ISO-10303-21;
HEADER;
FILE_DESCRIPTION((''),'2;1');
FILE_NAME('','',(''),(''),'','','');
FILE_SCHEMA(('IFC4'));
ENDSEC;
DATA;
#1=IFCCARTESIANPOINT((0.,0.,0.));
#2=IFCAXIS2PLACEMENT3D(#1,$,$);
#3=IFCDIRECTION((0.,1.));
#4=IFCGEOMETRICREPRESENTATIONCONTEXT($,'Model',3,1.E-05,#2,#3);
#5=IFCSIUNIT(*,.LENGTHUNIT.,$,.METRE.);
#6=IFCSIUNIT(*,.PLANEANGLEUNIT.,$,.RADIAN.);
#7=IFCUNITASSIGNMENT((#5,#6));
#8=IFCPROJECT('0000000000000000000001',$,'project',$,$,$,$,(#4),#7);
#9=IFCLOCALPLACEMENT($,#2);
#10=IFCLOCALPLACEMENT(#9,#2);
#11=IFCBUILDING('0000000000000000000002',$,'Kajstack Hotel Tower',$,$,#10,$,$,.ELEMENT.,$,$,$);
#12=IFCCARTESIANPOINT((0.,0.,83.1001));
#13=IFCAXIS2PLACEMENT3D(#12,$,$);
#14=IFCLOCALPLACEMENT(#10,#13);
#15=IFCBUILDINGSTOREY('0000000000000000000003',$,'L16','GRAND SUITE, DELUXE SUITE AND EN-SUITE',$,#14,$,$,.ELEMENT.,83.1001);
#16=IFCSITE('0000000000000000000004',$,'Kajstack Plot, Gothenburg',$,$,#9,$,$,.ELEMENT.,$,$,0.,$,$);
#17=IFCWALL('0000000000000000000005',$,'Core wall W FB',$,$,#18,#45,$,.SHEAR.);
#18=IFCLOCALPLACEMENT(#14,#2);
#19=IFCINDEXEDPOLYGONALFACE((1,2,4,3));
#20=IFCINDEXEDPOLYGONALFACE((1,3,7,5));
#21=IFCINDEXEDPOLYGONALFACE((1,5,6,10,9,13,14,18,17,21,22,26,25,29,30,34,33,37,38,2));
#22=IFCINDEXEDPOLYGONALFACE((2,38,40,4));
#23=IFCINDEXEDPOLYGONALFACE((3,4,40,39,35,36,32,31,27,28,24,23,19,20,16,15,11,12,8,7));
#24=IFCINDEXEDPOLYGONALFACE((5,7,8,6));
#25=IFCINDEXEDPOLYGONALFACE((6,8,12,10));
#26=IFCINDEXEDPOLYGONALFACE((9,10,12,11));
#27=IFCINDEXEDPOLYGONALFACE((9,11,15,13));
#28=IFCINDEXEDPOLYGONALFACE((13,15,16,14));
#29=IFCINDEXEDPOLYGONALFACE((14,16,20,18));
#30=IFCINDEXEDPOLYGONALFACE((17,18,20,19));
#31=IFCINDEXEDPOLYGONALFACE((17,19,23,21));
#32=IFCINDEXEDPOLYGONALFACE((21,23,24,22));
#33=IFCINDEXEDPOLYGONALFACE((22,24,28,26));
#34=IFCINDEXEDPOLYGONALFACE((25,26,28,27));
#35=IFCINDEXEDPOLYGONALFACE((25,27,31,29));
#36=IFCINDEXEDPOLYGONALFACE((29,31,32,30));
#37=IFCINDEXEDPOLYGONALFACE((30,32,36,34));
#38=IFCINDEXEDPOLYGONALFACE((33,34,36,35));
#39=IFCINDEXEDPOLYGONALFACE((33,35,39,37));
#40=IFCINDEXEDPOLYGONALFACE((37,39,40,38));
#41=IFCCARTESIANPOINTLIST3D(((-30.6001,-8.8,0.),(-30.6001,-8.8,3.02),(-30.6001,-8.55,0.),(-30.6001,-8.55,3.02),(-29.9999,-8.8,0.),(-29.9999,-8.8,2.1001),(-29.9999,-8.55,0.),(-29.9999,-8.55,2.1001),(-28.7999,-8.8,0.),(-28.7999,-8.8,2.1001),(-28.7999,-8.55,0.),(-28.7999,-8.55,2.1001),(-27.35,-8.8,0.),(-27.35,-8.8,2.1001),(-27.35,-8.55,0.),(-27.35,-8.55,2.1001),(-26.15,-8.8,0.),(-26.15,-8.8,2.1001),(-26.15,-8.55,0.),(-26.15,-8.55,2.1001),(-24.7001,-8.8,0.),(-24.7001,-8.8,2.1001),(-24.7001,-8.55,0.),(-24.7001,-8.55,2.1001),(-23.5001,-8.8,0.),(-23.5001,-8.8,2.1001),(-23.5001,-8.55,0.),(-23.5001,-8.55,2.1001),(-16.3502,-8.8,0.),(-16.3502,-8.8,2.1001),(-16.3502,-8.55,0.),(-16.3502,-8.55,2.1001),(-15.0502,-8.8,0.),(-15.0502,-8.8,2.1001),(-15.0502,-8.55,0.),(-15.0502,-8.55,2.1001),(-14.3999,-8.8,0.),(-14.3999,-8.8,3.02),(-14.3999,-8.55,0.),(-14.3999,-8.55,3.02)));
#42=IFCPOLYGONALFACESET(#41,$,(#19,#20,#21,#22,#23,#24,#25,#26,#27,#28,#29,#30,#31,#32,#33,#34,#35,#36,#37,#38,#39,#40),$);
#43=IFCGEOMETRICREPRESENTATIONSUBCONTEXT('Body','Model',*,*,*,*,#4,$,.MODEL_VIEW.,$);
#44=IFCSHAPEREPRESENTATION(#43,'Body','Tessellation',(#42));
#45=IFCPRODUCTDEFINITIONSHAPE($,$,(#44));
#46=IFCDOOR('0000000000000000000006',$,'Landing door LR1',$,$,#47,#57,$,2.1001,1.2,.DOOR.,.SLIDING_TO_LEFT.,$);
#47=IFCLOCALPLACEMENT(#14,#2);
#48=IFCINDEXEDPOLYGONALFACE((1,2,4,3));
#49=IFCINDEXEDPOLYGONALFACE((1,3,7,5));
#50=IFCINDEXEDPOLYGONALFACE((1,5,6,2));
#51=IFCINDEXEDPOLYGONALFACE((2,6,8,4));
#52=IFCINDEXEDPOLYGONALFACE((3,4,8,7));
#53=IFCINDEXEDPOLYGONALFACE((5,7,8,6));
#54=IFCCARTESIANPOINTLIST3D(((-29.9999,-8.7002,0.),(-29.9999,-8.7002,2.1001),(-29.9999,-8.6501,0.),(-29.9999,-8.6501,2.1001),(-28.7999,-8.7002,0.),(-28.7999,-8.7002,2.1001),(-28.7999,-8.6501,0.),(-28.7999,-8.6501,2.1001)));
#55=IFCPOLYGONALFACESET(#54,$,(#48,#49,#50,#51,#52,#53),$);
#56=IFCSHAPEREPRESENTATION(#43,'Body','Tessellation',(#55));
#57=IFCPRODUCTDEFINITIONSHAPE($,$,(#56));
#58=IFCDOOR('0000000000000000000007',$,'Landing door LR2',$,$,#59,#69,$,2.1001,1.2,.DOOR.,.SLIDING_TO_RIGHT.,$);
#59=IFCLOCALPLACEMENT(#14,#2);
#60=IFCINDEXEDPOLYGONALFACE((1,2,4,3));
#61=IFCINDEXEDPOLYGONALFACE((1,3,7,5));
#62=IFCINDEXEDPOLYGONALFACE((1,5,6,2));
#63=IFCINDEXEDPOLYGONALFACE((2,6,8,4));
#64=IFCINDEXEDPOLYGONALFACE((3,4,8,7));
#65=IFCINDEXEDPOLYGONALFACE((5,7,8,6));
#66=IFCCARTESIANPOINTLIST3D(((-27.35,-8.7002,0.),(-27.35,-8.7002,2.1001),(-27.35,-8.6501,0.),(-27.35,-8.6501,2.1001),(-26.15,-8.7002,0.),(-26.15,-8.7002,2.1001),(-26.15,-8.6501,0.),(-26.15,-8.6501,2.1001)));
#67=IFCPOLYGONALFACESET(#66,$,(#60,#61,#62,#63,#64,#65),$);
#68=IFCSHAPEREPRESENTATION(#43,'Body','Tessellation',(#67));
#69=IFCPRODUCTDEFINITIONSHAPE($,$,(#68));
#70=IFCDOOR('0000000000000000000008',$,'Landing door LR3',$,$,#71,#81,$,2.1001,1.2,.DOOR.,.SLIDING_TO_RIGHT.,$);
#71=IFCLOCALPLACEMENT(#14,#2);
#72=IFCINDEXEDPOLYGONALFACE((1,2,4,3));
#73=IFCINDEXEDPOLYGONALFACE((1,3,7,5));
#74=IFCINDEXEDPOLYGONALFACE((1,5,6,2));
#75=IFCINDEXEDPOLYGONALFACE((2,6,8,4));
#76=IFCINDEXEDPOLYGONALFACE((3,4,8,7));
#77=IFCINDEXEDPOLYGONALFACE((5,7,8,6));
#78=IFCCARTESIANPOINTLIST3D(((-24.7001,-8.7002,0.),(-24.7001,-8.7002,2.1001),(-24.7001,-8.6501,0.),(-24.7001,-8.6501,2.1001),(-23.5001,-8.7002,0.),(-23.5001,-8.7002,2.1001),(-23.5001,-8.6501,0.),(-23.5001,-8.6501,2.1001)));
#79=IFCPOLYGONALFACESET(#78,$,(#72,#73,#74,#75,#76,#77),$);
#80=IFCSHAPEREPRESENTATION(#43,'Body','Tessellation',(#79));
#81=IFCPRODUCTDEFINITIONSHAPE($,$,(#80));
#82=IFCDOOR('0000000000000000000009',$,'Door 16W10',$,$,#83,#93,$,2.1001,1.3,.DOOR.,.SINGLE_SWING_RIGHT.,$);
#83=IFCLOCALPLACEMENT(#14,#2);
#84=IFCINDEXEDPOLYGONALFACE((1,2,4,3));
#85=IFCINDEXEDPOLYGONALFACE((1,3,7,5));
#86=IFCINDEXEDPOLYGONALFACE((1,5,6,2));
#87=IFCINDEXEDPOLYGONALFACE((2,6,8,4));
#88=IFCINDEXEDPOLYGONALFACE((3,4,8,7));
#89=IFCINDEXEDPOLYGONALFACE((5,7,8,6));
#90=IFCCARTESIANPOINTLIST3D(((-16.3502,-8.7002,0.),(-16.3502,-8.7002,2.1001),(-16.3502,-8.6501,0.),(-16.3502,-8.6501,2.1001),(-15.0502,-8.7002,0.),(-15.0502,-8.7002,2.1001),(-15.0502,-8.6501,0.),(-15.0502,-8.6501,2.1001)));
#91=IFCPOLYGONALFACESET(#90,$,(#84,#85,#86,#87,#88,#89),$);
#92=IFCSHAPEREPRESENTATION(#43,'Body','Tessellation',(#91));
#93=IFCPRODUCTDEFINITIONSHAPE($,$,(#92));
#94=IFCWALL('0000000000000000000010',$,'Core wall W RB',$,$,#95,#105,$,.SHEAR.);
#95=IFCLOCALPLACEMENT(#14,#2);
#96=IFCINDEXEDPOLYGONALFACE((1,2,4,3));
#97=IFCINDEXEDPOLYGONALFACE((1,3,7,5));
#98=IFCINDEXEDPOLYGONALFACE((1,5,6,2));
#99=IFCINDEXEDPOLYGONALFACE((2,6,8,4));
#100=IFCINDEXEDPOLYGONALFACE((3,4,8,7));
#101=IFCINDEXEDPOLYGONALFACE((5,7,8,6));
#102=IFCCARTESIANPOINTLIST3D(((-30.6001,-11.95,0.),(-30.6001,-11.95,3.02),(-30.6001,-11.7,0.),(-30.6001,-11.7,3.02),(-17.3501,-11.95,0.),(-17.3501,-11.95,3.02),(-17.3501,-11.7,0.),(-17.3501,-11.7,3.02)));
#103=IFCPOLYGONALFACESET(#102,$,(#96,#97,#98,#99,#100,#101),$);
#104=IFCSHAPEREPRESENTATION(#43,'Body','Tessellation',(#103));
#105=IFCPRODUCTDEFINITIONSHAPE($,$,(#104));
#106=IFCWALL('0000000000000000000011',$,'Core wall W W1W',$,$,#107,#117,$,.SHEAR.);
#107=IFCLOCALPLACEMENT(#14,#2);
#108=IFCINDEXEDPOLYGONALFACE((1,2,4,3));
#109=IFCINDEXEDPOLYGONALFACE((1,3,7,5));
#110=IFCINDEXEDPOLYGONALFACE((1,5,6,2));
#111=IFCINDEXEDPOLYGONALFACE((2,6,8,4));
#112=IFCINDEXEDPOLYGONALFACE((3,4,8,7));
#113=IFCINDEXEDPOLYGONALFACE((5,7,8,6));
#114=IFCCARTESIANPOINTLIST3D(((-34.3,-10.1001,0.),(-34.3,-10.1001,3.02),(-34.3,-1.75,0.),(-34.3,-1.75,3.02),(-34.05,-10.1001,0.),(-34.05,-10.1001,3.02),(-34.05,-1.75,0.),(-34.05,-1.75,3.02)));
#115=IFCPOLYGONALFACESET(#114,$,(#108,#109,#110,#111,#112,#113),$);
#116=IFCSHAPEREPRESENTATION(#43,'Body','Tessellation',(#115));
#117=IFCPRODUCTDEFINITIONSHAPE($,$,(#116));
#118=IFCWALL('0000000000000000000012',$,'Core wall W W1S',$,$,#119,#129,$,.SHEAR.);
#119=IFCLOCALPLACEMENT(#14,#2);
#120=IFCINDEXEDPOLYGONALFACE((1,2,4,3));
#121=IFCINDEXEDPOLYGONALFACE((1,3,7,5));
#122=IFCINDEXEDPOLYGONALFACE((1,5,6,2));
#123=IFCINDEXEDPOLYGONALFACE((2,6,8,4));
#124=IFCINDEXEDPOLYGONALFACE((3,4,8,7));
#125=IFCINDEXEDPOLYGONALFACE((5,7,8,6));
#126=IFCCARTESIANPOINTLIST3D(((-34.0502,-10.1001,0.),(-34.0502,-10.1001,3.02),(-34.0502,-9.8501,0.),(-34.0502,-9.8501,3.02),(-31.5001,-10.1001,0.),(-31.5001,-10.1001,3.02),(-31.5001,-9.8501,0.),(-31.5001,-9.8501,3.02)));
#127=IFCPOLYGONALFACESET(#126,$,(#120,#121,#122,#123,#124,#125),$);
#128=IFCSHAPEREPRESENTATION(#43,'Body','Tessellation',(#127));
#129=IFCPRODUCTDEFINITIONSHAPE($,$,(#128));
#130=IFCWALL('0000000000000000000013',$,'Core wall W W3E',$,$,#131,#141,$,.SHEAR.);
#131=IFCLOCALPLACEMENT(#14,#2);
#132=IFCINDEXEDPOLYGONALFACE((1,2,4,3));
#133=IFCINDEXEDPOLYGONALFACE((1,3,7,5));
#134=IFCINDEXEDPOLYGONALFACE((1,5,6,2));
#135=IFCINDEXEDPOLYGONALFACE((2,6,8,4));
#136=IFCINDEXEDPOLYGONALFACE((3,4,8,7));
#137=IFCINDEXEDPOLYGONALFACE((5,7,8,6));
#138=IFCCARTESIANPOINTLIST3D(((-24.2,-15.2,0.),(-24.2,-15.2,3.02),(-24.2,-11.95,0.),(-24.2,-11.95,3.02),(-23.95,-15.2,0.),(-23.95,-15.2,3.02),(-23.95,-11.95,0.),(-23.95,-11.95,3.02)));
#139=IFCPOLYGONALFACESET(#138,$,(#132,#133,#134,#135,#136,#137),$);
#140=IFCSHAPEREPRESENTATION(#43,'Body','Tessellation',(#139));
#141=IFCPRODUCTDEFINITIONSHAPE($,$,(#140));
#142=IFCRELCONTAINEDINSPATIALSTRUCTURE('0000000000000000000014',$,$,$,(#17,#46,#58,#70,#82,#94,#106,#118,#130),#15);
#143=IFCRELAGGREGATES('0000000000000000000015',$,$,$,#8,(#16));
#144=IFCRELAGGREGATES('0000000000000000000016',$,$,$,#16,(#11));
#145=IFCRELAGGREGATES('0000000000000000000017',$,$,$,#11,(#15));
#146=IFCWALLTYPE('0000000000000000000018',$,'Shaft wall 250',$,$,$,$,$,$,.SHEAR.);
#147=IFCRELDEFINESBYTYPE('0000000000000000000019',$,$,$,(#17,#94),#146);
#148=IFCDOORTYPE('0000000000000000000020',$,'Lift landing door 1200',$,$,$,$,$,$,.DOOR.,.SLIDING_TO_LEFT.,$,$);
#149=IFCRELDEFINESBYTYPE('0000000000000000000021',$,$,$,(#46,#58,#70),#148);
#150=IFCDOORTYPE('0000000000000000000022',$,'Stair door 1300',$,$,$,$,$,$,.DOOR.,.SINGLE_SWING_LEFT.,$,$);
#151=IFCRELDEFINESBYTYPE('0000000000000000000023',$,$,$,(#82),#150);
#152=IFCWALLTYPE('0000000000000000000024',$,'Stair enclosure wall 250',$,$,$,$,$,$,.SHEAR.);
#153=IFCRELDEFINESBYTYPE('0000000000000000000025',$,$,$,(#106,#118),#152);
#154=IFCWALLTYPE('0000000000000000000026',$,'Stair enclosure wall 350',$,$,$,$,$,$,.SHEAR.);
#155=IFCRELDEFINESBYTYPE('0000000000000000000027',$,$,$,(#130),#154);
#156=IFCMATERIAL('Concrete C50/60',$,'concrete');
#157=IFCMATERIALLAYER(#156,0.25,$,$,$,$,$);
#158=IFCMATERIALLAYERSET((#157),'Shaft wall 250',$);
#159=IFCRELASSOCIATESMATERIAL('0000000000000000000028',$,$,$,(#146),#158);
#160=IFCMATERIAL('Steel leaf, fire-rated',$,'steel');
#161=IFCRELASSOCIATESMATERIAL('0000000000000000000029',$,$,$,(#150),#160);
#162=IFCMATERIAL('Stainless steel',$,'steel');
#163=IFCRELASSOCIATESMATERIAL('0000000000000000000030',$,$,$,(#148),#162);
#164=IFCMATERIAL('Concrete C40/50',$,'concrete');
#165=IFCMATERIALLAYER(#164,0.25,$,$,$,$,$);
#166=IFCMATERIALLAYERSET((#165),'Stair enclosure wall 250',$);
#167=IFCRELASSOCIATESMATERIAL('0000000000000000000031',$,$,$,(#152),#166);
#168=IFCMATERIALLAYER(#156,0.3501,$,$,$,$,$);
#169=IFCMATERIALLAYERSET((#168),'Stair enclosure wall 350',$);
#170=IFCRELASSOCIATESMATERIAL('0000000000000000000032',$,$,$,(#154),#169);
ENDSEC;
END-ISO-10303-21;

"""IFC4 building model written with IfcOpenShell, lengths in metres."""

from ifc_helpers import new_model, si_unit, direction, frame, frame_2d, origin, place, context, subcontext, project, spatial, rectangle, extrude, material, layer, layer_set, type_object, element, fill, save


model = new_model("IFC4")

# Units and contexts
model_context = context("Model", 3, precision=1e-05, world=origin(), true_north=direction((0.0, 1.0)))
body_context = subcontext(model_context, "Body", "Model", "MODEL_VIEW")
ifc_project = project(units=[si_unit("LENGTHUNIT", "METRE"), si_unit("PLANEANGLEUNIT", "RADIAN")], contexts=[model_context])

# Site, building, storey
site_placement = place(None, origin())
site = spatial("IfcSite", under=ifc_project, at=site_placement, Name="Kajstack Plot, Gothenburg", CompositionType="ELEMENT", RefElevation=0.0)
building_placement = place(site_placement, origin())
building = spatial("IfcBuilding", under=site, at=building_placement, Name="Kajstack Hotel Tower", CompositionType="ELEMENT")
storey_placement = place(building_placement, frame((0.0, 0.0, 83.1001)))
storey = spatial("IfcBuildingStorey", under=building, at=storey_placement, Name="L16", Description="GRAND SUITE, DELUXE SUITE AND EN-SUITE", CompositionType="ELEMENT", Elevation=83.1001)

# Shared definitions
ifc_material_1 = material(Name="Stainless steel", Category="steel")

# Shared definitions
ifc_material_2 = material(Name="Concrete C40/50", Category="concrete")

# Shared definitions
ifc_material_3 = material(Name="Concrete C50/60", Category="concrete")
ifc_layer_1 = layer(ifc_material_3, 0.25)
ifc_layer_set_1 = layer_set([ifc_layer_1], Name="Shaft wall 250")
wall_type_1 = type_object("IfcWallType", Name="Shaft wall 250", PredefinedType="SHEAR", material=ifc_layer_set_1)
ifc_material_4 = material(Name="Steel leaf, fire-rated", Category="steel")
door_type_1 = type_object("IfcDoorType", Name="Stair door 1300", OperationType="SINGLE_SWING_LEFT", PredefinedType="DOOR", material=ifc_material_4)

# Wall, openings, doors
wall_1_placement = place(storey_placement, frame((-30.6001, -8.675, 0.0), z_axis=(0.0, 0.0, 1.0), x_axis=(1.0, 0.0, 0.0)))
wall_1 = element("IfcWall", 1, at=wall_1_placement, inside=storey, type_object=wall_type_1, Name="Core wall W FB", PredefinedType="SHEAR", context=body_context, shape_type="SweptSolid", body=[
    extrude(rectangle(XDim=16.2002, YDim=0.25, at=frame_2d((8.1001, 0.0))), origin(), (0.0, 0.0, 1.0), 3.02),
])
opening_1_placement = place(wall_1_placement, frame((0.6001, 0.0, 0.0)))
opening_1 = element("IfcOpeningElement", 2, at=opening_1_placement, cuts=wall_1, PredefinedType="OPENING", context=body_context, shape_type="SweptSolid", body=[
    extrude(rectangle(XDim=1.2, YDim=2.1001, at=frame_2d((0.6001, 1.05))), frame((0.0, 0.135, 0.0), z_axis=(0.0, -1.0, 0.0), x_axis=(1.0, 0.0, 0.0)), (0.0, 0.0, 1.0), 0.27),
])
opening_2_placement = place(wall_1_placement, frame((3.25, 0.0, 0.0)))
opening_2 = element("IfcOpeningElement", 3, at=opening_2_placement, cuts=wall_1, PredefinedType="OPENING", context=body_context, shape_type="SweptSolid", body=[
    extrude(rectangle(XDim=1.2, YDim=2.1001, at=frame_2d((0.6001, 1.05))), frame((0.0, 0.135, 0.0), z_axis=(0.0, -1.0, 0.0), x_axis=(1.0, 0.0, 0.0)), (0.0, 0.0, 1.0), 0.27),
])
opening_3_placement = place(wall_1_placement, frame((5.8999, 0.0, 0.0)))
opening_3 = element("IfcOpeningElement", 4, at=opening_3_placement, cuts=wall_1, PredefinedType="OPENING", context=body_context, shape_type="SweptSolid", body=[
    extrude(rectangle(XDim=1.2, YDim=2.1001, at=frame_2d((0.6001, 1.05))), frame((0.0, 0.135, 0.0), z_axis=(0.0, -1.0, 0.0), x_axis=(1.0, 0.0, 0.0)), (0.0, 0.0, 1.0), 0.27),
])
opening_4_placement = place(wall_1_placement, frame((14.25, 0.0, 0.0)))
opening_4 = element("IfcOpeningElement", 5, at=opening_4_placement, cuts=wall_1, PredefinedType="OPENING", context=body_context, shape_type="SweptSolid", body=[
    extrude(rectangle(XDim=1.3, YDim=2.1001, at=frame_2d((0.6499, 1.05))), frame((0.0, 0.135, 0.0), z_axis=(0.0, -1.0, 0.0), x_axis=(1.0, 0.0, 0.0)), (0.0, 0.0, 1.0), 0.27),
])
door_type_2 = type_object("IfcDoorType", Name="Lift landing door 1200", OperationType="SLIDING_TO_LEFT", PredefinedType="DOOR", material=ifc_material_1)
door_1_placement = place(opening_1_placement, origin())
door_1 = element("IfcDoor", 6, at=door_1_placement, inside=storey, type_object=door_type_2, Name="Landing door LR1", OperationType="SLIDING_TO_LEFT", OverallHeight=2.1001, OverallWidth=1.2, PredefinedType="DOOR", context=body_context, shape_type="SweptSolid", body=[
    extrude(rectangle(XDim=1.2, YDim=2.1001, at=frame_2d((0.6001, 1.05))), frame((0.0, 0.0249, 0.0), z_axis=(0.0, -1.0, 0.0), x_axis=(1.0, 0.0, 0.0)), (0.0, 0.0, 1.0), 0.05),
])
fill(opening_1, door_1)
door_2_placement = place(opening_2_placement, origin())
door_2 = element("IfcDoor", 7, at=door_2_placement, inside=storey, type_object=door_type_2, Name="Landing door LR2", OperationType="SLIDING_TO_RIGHT", OverallHeight=2.1001, OverallWidth=1.2, PredefinedType="DOOR", context=body_context, shape_type="SweptSolid", body=[
    extrude(rectangle(XDim=1.2, YDim=2.1001, at=frame_2d((0.6001, 1.05))), frame((0.0, 0.0249, 0.0), z_axis=(0.0, -1.0, 0.0), x_axis=(1.0, 0.0, 0.0)), (0.0, 0.0, 1.0), 0.05),
])
fill(opening_2, door_2)
door_3_placement = place(opening_3_placement, origin())
door_3 = element("IfcDoor", 8, at=door_3_placement, inside=storey, type_object=door_type_2, Name="Landing door LR3", OperationType="SLIDING_TO_RIGHT", OverallHeight=2.1001, OverallWidth=1.2, PredefinedType="DOOR", context=body_context, shape_type="SweptSolid", body=[
    extrude(rectangle(XDim=1.2, YDim=2.1001, at=frame_2d((0.6001, 1.05))), frame((0.0, 0.0249, 0.0), z_axis=(0.0, -1.0, 0.0), x_axis=(1.0, 0.0, 0.0)), (0.0, 0.0, 1.0), 0.05),
])
fill(opening_3, door_3)
door_4_placement = place(opening_4_placement, origin())
door_4 = element("IfcDoor", 9, at=door_4_placement, inside=storey, type_object=door_type_1, Name="Door 16W10", OperationType="SINGLE_SWING_RIGHT", OverallHeight=2.1001, OverallWidth=1.3, PredefinedType="DOOR", context=body_context, shape_type="SweptSolid", body=[
    extrude(rectangle(XDim=1.3, YDim=2.1001, at=frame_2d((0.6499, 1.05))), frame((0.0, 0.0249, 0.0), z_axis=(0.0, -1.0, 0.0), x_axis=(1.0, 0.0, 0.0)), (0.0, 0.0, 1.0), 0.05),
])
fill(opening_4, door_4)

# Walls
wall_2_placement = place(storey_placement, frame((-30.6001, -11.825, 0.0), z_axis=(0.0, 0.0, 1.0), x_axis=(1.0, 0.0, 0.0)))
element("IfcWall", 10, at=wall_2_placement, inside=storey, type_object=wall_type_1, Name="Core wall W RB", PredefinedType="SHEAR", context=body_context, shape_type="SweptSolid", body=[
    extrude(rectangle(XDim=13.25, YDim=0.25, at=frame_2d((6.625, 0.0))), origin(), (0.0, 0.0, 1.0), 3.02),
])
ifc_layer_2 = layer(ifc_material_2, 0.25)
ifc_layer_set_2 = layer_set([ifc_layer_2], Name="Stair enclosure wall 250")
wall_type_2 = type_object("IfcWallType", Name="Stair enclosure wall 250", PredefinedType="SHEAR", material=ifc_layer_set_2)
wall_3_placement = place(storey_placement, frame((-34.175, -10.1001, 0.0), z_axis=(0.0, 0.0, 1.0), x_axis=(0.0, 1.0, 0.0)))
element("IfcWall", 11, at=wall_3_placement, inside=storey, type_object=wall_type_2, Name="Core wall W W1W", PredefinedType="SHEAR", context=body_context, shape_type="SweptSolid", body=[
    extrude(rectangle(XDim=8.3501, YDim=0.25, at=frame_2d((4.175, 0.0))), origin(), (0.0, 0.0, 1.0), 3.02),
])
wall_4_placement = place(storey_placement, frame((-34.05, -9.9751, 0.0), z_axis=(0.0, 0.0, 1.0), x_axis=(1.0, 0.0, 0.0)))
element("IfcWall", 12, at=wall_4_placement, inside=storey, type_object=wall_type_2, Name="Core wall W W1S", PredefinedType="SHEAR", context=body_context, shape_type="SweptSolid", body=[
    extrude(rectangle(XDim=2.55, YDim=0.25, at=frame_2d((1.2749, 0.0))), origin(), (0.0, 0.0, 1.0), 3.02),
])
ifc_layer_3 = layer(ifc_material_3, 0.3501)
ifc_layer_set_3 = layer_set([ifc_layer_3], Name="Stair enclosure wall 350")
wall_type_3 = type_object("IfcWallType", Name="Stair enclosure wall 350", PredefinedType="SHEAR", material=ifc_layer_set_3)
wall_5_placement = place(storey_placement, frame((-24.075, -15.2, 0.0), z_axis=(0.0, 0.0, 1.0), x_axis=(0.0, 1.0, 0.0)))
element("IfcWall", 13, at=wall_5_placement, inside=storey, type_object=wall_type_3, Name="Core wall W W3E", PredefinedType="SHEAR", context=body_context, shape_type="SweptSolid", body=[
    extrude(rectangle(XDim=3.25, YDim=0.25, at=frame_2d((1.625, 0.0))), origin(), (0.0, 0.0, 1.0), 3.02),
])

save(model, "model.ifc")
